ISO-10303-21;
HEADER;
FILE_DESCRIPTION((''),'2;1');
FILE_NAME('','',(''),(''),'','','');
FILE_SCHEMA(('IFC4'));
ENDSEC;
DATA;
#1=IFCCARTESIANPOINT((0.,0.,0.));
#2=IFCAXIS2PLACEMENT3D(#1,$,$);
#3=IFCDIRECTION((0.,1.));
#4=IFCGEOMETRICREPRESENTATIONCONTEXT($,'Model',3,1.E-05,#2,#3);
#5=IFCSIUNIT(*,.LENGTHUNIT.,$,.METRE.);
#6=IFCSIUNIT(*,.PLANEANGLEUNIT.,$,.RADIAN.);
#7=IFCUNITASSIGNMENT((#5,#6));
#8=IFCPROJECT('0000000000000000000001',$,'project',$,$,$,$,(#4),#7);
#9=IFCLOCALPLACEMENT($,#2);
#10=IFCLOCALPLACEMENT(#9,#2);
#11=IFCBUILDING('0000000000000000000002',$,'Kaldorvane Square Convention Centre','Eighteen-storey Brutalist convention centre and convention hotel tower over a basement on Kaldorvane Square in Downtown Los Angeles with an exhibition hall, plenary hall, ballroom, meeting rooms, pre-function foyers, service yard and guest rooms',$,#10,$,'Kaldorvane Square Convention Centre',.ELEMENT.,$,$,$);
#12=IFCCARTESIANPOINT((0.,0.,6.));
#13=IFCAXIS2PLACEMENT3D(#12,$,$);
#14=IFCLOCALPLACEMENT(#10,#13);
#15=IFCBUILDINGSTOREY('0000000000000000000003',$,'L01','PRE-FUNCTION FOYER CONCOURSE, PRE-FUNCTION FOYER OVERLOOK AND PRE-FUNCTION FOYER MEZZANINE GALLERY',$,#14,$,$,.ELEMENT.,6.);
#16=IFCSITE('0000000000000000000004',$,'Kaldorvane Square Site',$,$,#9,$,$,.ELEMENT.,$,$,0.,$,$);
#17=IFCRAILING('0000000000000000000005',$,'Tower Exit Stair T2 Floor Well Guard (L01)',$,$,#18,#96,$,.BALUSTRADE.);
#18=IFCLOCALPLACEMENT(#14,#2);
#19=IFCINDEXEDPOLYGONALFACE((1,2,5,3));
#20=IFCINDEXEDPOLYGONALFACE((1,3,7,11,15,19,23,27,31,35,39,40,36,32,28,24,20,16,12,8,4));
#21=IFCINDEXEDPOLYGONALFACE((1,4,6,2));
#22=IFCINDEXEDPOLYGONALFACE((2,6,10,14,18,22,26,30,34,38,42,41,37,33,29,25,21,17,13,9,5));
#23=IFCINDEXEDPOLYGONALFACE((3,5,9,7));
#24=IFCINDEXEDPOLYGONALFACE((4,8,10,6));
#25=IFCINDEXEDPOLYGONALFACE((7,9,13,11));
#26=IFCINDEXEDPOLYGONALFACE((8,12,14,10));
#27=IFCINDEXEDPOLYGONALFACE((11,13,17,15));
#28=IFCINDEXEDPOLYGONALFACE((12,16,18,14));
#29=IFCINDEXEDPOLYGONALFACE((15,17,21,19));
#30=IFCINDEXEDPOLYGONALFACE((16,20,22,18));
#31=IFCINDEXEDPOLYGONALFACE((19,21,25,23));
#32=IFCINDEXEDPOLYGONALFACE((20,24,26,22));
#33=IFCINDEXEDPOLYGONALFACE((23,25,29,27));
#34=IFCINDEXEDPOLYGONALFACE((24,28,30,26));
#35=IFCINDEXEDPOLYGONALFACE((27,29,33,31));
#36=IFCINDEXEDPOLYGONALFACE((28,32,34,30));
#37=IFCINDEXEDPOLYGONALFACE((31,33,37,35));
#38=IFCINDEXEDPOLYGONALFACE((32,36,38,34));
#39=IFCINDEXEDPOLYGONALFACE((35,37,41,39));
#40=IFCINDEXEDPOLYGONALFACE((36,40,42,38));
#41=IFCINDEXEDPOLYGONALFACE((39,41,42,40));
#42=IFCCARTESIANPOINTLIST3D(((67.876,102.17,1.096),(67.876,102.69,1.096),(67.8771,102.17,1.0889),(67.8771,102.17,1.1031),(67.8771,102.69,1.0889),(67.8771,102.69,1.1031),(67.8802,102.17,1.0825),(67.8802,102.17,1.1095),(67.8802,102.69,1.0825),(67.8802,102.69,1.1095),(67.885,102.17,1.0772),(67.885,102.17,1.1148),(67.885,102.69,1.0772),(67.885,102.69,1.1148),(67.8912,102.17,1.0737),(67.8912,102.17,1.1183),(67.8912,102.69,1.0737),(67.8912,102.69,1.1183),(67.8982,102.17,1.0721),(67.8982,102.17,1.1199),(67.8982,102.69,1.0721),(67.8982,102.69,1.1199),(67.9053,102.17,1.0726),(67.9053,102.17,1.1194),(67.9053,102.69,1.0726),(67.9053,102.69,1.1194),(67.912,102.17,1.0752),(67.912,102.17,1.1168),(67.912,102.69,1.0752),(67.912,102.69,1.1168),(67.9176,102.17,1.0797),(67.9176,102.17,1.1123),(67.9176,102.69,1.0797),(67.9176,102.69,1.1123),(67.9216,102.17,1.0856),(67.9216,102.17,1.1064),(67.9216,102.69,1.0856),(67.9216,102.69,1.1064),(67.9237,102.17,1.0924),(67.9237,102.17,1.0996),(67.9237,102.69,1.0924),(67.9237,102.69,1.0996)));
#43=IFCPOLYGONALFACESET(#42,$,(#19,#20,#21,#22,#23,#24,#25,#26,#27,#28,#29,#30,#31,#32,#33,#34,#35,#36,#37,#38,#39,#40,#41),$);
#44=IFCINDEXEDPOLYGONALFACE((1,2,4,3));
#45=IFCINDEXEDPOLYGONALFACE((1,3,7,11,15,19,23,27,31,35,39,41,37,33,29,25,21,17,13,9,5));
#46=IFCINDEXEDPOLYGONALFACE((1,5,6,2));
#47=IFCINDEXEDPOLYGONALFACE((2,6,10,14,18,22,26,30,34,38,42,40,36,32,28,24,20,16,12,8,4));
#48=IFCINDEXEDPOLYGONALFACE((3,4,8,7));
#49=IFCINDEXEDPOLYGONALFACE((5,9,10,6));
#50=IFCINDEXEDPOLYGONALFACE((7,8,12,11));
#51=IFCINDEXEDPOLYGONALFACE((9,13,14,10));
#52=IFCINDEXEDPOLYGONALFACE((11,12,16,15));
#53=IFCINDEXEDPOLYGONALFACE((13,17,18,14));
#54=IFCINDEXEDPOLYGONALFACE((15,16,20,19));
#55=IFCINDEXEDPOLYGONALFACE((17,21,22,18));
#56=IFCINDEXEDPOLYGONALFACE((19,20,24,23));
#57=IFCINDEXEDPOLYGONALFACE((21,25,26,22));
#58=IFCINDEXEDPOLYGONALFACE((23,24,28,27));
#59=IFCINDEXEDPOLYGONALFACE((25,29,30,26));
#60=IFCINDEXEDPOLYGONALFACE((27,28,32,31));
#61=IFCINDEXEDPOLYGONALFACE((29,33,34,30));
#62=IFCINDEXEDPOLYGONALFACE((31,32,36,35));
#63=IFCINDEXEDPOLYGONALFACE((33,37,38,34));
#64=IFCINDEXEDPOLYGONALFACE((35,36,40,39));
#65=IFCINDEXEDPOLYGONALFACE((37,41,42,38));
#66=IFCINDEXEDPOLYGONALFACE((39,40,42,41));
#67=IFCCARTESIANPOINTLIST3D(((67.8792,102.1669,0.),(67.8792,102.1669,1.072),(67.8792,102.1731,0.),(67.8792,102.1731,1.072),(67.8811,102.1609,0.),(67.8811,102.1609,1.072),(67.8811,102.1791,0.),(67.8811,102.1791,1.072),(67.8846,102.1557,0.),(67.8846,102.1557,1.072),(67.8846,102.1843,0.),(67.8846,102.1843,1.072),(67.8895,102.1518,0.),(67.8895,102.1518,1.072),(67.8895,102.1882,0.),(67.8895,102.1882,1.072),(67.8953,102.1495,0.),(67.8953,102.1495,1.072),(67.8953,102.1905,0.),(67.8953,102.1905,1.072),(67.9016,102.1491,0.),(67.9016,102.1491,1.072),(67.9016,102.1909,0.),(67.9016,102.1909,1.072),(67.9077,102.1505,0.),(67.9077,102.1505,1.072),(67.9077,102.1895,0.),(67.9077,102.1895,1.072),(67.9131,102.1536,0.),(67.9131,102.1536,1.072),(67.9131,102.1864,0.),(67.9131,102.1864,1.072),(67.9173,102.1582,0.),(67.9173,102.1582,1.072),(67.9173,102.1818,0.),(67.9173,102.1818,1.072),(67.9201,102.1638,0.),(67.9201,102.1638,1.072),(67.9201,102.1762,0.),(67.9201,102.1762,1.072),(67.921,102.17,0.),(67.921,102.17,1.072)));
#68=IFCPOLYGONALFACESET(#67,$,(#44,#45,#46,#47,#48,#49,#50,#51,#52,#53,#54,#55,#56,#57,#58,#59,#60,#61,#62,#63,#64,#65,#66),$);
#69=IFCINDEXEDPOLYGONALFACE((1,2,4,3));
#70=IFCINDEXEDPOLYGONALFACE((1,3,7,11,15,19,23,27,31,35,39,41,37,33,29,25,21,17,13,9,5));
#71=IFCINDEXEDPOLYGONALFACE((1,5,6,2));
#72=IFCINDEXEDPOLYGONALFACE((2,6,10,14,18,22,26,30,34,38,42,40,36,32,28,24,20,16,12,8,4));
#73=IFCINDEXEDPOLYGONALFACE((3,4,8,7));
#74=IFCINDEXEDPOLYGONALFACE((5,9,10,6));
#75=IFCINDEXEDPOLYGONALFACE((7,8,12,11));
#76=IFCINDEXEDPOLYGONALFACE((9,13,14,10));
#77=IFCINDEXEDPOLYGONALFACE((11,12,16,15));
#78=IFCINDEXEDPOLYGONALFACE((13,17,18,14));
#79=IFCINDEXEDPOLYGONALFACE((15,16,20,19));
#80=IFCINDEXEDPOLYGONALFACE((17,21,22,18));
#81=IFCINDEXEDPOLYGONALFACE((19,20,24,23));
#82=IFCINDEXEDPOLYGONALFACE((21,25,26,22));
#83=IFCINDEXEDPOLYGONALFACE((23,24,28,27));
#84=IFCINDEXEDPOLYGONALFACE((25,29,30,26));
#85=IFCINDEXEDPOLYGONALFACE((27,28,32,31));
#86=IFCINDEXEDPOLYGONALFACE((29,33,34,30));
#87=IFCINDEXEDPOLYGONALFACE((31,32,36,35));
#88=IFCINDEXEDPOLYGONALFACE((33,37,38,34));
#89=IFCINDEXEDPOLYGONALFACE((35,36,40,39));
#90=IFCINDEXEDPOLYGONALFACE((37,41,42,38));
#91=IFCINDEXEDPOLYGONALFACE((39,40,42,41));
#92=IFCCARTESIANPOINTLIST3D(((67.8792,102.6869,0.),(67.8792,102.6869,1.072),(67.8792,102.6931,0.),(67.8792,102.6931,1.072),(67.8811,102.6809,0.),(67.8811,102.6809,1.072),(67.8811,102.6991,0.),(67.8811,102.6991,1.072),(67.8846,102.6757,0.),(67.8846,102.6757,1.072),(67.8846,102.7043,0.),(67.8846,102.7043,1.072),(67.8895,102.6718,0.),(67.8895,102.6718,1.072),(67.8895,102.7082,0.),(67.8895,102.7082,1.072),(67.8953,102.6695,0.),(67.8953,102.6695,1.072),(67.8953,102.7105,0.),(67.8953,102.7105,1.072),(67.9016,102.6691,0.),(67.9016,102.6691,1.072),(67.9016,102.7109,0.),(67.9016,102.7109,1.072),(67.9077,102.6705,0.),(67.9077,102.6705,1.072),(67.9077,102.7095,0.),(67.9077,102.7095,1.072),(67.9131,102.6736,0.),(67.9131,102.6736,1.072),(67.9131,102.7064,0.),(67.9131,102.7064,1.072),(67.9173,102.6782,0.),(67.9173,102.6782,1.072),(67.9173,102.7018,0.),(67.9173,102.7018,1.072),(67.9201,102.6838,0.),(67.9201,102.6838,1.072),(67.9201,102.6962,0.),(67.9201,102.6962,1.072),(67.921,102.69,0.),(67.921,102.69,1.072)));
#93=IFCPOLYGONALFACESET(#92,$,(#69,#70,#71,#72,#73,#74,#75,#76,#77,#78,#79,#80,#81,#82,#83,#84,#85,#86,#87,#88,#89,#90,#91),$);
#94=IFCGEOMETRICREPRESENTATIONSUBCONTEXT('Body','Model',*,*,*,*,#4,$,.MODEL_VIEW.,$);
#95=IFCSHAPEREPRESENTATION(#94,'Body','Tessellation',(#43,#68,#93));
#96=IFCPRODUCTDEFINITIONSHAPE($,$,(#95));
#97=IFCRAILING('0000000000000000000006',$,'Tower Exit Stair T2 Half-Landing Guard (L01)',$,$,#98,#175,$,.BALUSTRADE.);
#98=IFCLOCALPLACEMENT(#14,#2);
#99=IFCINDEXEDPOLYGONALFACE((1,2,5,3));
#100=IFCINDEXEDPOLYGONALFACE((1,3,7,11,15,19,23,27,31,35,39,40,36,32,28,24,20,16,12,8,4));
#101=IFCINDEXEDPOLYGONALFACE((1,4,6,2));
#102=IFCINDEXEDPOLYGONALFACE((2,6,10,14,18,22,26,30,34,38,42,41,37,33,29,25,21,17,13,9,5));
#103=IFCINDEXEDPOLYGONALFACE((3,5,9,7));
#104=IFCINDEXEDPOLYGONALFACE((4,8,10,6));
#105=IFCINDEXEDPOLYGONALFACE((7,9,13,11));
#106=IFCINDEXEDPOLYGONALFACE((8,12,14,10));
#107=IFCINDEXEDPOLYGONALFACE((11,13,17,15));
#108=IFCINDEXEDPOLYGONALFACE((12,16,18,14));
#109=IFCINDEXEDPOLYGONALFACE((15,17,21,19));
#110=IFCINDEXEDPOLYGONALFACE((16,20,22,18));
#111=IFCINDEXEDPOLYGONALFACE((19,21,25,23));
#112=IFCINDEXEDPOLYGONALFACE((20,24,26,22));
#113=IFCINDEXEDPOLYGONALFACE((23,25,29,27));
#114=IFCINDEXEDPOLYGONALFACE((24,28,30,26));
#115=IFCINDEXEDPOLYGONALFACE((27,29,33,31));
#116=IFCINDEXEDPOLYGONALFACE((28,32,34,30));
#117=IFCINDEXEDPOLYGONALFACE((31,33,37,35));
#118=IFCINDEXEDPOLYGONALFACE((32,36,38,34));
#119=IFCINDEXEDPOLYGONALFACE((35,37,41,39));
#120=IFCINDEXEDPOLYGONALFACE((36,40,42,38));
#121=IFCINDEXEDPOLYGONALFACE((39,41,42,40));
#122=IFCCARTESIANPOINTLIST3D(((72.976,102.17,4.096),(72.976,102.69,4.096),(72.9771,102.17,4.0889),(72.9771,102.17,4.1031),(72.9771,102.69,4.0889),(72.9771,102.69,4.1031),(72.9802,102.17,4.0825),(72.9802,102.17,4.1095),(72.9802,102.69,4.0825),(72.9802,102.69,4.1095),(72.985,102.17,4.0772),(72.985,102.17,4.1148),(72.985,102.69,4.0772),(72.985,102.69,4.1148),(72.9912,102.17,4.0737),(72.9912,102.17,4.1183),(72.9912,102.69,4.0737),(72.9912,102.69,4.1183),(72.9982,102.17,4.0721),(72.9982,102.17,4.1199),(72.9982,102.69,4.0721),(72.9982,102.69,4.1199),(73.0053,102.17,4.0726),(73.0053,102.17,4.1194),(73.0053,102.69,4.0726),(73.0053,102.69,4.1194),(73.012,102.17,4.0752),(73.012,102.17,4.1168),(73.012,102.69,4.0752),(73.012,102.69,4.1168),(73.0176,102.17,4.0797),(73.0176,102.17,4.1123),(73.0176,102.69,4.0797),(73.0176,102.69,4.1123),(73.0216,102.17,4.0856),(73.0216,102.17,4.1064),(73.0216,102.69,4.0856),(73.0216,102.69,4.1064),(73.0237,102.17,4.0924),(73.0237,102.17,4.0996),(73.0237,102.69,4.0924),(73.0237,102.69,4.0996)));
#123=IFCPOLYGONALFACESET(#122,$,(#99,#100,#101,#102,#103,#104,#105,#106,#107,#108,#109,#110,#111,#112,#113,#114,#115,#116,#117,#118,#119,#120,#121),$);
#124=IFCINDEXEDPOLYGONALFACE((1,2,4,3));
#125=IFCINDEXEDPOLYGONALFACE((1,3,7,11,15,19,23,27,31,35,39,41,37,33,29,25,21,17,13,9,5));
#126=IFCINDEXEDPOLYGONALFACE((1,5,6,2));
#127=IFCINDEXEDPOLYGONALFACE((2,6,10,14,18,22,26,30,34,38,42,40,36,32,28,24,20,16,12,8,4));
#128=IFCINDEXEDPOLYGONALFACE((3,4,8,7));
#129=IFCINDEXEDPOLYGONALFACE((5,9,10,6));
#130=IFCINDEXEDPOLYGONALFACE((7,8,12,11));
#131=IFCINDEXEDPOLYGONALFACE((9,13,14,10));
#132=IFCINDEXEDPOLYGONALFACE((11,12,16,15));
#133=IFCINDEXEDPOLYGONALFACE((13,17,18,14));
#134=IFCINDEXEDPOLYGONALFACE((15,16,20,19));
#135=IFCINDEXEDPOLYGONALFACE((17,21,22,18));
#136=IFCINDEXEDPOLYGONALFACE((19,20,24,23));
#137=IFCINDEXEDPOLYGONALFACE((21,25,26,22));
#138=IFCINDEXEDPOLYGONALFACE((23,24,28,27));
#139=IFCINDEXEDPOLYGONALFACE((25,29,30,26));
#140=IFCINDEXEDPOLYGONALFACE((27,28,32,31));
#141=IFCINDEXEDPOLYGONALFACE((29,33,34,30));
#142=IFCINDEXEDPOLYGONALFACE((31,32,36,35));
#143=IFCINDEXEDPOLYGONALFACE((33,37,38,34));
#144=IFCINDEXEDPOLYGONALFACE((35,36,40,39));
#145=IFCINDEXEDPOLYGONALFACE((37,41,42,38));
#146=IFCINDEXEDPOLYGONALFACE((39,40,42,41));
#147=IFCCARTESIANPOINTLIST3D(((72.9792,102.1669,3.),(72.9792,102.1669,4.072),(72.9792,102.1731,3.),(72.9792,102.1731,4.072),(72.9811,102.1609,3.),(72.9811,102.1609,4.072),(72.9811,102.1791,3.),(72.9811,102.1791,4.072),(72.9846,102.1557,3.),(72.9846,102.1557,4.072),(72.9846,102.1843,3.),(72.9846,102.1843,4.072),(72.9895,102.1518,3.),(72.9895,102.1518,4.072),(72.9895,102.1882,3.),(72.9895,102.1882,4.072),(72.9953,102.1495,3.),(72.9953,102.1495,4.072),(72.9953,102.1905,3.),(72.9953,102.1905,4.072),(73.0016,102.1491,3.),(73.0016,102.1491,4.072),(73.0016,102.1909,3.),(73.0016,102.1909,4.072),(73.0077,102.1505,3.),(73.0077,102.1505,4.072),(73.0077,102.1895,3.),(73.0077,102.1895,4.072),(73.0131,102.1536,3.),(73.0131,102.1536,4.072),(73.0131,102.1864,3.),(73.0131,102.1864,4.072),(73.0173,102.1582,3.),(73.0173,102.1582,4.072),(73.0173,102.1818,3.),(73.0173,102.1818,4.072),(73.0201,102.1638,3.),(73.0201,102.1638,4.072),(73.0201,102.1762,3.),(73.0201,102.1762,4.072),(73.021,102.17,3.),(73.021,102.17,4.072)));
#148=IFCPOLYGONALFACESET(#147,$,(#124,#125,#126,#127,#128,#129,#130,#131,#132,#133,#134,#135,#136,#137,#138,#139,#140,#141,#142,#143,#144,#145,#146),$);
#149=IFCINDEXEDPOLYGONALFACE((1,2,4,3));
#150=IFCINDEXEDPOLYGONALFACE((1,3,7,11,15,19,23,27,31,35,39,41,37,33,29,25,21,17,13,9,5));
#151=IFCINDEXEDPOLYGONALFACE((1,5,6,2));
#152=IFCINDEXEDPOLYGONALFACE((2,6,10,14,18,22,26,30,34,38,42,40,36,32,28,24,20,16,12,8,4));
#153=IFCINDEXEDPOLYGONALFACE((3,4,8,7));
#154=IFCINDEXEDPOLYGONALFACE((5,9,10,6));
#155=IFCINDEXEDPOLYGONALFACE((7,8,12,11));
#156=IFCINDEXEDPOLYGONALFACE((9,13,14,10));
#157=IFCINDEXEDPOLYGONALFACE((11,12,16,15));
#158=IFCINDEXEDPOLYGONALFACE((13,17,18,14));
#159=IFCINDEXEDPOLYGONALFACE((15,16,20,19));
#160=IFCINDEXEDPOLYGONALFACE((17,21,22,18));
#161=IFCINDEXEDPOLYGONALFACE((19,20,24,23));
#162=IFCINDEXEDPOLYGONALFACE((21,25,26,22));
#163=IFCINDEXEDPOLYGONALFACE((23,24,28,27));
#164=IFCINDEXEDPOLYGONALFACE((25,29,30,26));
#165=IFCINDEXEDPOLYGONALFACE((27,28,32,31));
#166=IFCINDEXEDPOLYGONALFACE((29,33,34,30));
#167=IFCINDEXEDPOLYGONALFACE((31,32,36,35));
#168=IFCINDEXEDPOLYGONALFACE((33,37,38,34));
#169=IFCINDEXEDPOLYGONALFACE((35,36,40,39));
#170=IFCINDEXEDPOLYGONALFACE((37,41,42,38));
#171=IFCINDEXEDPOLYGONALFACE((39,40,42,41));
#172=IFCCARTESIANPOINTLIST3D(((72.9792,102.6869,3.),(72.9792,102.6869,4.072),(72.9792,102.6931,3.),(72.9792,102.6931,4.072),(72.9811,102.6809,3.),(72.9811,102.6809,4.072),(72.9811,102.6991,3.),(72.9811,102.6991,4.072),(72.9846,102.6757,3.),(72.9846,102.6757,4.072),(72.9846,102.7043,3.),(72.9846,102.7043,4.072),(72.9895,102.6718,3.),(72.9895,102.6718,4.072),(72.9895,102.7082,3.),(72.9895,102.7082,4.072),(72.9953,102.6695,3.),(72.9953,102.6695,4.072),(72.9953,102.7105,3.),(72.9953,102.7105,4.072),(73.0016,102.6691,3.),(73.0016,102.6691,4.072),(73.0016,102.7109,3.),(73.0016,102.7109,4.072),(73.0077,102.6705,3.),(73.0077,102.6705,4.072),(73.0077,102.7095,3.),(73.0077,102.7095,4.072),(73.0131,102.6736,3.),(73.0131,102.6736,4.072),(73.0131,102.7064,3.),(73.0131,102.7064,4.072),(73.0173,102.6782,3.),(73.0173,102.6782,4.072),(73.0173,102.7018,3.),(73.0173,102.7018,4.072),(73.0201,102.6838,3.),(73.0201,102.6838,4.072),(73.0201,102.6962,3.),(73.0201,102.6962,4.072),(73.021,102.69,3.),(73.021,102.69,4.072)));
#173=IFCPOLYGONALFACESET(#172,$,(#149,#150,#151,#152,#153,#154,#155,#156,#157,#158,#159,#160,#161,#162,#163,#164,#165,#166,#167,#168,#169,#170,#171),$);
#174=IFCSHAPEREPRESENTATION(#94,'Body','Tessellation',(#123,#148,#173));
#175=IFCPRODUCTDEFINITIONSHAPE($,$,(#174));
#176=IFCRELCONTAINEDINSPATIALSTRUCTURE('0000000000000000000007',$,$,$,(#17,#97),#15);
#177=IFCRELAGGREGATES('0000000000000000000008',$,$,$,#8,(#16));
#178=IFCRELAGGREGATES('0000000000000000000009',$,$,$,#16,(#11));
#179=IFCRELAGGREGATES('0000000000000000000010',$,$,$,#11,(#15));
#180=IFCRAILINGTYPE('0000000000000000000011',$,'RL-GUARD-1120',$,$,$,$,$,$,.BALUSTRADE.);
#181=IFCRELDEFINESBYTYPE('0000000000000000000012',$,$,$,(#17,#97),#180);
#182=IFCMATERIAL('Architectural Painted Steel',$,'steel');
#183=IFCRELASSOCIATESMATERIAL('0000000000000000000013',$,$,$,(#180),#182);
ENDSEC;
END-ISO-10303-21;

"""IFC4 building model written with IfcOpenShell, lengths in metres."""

from ifc_helpers import new_model, si_unit, direction, frame, origin, origin_2d, place, context, subcontext, project, spatial, circle, extrude, material, type_object, element, save


model = new_model("IFC4")

# Units and contexts
model_context = context("Model", 3, precision=1e-05, world=origin(), true_north=direction((0.0, 1.0)))
body_context = subcontext(model_context, "Body", "Model", "MODEL_VIEW")
ifc_project = project(units=[si_unit("LENGTHUNIT", "METRE"), si_unit("PLANEANGLEUNIT", "RADIAN")], contexts=[model_context])

# Site, building, storey
site_placement = place(None, origin())
site = spatial("IfcSite", under=ifc_project, at=site_placement, Name="Kaldorvane Square Site", CompositionType="ELEMENT", RefElevation=0.0)
building_placement = place(site_placement, origin())
building = spatial("IfcBuilding", under=site, at=building_placement, Name="Kaldorvane Square Convention Centre", Description="Eighteen-storey Brutalist convention centre and convention hotel tower over a basement on Kaldorvane Square in Downtown Los Angeles with an exhibition hall, plenary hall, ballroom, meeting rooms, pre-function foyers, service yard and guest rooms", LongName="Kaldorvane Square Convention Centre", CompositionType="ELEMENT")
storey_placement = place(building_placement, frame((0.0, 0.0, 6.0)))
storey = spatial("IfcBuildingStorey", under=building, at=storey_placement, Name="L01", Description="PRE-FUNCTION FOYER CONCOURSE, PRE-FUNCTION FOYER OVERLOOK AND PRE-FUNCTION FOYER MEZZANINE GALLERY", CompositionType="ELEMENT", Elevation=6.0)

# Railings
ifc_material_1 = material(Name="Architectural Painted Steel", Category="steel")
railing_type_1 = type_object("IfcRailingType", Name="RL-GUARD-1120", PredefinedType="BALUSTRADE", material=ifc_material_1)
for number, where, name in (
    (1, (67.9, 102.17, 0.0), "Tower Exit Stair T2 Floor Well Guard (L01)"),
    (2, (73.0, 102.17, 3.0), "Tower Exit Stair T2 Half-Landing Guard (L01)"),
):
    element("IfcRailing", number, at=place(storey_placement, frame(where)), inside=storey, type_object=railing_type_1, Name=name, PredefinedType="BALUSTRADE", context=body_context, shape_type="SweptSolid", body=[
        extrude(circle(Radius=0.024, at=origin_2d()), frame((0.0, 0.0, 1.096), z_axis=(0.0, 1.0, 0.0), x_axis=(-1.0, 0.0, 0.0)), (0.0, 0.0, 1.0), 0.52),
        extrude(circle(Radius=0.021, at=origin_2d()), origin(), (0.0, 0.0, 1.0), 1.072),
        extrude(circle(Radius=0.021, at=origin_2d()), frame((0.0, 0.52, 0.0)), (0.0, 0.0, 1.0), 1.072),
    ])

save(model, "model.ifc")
